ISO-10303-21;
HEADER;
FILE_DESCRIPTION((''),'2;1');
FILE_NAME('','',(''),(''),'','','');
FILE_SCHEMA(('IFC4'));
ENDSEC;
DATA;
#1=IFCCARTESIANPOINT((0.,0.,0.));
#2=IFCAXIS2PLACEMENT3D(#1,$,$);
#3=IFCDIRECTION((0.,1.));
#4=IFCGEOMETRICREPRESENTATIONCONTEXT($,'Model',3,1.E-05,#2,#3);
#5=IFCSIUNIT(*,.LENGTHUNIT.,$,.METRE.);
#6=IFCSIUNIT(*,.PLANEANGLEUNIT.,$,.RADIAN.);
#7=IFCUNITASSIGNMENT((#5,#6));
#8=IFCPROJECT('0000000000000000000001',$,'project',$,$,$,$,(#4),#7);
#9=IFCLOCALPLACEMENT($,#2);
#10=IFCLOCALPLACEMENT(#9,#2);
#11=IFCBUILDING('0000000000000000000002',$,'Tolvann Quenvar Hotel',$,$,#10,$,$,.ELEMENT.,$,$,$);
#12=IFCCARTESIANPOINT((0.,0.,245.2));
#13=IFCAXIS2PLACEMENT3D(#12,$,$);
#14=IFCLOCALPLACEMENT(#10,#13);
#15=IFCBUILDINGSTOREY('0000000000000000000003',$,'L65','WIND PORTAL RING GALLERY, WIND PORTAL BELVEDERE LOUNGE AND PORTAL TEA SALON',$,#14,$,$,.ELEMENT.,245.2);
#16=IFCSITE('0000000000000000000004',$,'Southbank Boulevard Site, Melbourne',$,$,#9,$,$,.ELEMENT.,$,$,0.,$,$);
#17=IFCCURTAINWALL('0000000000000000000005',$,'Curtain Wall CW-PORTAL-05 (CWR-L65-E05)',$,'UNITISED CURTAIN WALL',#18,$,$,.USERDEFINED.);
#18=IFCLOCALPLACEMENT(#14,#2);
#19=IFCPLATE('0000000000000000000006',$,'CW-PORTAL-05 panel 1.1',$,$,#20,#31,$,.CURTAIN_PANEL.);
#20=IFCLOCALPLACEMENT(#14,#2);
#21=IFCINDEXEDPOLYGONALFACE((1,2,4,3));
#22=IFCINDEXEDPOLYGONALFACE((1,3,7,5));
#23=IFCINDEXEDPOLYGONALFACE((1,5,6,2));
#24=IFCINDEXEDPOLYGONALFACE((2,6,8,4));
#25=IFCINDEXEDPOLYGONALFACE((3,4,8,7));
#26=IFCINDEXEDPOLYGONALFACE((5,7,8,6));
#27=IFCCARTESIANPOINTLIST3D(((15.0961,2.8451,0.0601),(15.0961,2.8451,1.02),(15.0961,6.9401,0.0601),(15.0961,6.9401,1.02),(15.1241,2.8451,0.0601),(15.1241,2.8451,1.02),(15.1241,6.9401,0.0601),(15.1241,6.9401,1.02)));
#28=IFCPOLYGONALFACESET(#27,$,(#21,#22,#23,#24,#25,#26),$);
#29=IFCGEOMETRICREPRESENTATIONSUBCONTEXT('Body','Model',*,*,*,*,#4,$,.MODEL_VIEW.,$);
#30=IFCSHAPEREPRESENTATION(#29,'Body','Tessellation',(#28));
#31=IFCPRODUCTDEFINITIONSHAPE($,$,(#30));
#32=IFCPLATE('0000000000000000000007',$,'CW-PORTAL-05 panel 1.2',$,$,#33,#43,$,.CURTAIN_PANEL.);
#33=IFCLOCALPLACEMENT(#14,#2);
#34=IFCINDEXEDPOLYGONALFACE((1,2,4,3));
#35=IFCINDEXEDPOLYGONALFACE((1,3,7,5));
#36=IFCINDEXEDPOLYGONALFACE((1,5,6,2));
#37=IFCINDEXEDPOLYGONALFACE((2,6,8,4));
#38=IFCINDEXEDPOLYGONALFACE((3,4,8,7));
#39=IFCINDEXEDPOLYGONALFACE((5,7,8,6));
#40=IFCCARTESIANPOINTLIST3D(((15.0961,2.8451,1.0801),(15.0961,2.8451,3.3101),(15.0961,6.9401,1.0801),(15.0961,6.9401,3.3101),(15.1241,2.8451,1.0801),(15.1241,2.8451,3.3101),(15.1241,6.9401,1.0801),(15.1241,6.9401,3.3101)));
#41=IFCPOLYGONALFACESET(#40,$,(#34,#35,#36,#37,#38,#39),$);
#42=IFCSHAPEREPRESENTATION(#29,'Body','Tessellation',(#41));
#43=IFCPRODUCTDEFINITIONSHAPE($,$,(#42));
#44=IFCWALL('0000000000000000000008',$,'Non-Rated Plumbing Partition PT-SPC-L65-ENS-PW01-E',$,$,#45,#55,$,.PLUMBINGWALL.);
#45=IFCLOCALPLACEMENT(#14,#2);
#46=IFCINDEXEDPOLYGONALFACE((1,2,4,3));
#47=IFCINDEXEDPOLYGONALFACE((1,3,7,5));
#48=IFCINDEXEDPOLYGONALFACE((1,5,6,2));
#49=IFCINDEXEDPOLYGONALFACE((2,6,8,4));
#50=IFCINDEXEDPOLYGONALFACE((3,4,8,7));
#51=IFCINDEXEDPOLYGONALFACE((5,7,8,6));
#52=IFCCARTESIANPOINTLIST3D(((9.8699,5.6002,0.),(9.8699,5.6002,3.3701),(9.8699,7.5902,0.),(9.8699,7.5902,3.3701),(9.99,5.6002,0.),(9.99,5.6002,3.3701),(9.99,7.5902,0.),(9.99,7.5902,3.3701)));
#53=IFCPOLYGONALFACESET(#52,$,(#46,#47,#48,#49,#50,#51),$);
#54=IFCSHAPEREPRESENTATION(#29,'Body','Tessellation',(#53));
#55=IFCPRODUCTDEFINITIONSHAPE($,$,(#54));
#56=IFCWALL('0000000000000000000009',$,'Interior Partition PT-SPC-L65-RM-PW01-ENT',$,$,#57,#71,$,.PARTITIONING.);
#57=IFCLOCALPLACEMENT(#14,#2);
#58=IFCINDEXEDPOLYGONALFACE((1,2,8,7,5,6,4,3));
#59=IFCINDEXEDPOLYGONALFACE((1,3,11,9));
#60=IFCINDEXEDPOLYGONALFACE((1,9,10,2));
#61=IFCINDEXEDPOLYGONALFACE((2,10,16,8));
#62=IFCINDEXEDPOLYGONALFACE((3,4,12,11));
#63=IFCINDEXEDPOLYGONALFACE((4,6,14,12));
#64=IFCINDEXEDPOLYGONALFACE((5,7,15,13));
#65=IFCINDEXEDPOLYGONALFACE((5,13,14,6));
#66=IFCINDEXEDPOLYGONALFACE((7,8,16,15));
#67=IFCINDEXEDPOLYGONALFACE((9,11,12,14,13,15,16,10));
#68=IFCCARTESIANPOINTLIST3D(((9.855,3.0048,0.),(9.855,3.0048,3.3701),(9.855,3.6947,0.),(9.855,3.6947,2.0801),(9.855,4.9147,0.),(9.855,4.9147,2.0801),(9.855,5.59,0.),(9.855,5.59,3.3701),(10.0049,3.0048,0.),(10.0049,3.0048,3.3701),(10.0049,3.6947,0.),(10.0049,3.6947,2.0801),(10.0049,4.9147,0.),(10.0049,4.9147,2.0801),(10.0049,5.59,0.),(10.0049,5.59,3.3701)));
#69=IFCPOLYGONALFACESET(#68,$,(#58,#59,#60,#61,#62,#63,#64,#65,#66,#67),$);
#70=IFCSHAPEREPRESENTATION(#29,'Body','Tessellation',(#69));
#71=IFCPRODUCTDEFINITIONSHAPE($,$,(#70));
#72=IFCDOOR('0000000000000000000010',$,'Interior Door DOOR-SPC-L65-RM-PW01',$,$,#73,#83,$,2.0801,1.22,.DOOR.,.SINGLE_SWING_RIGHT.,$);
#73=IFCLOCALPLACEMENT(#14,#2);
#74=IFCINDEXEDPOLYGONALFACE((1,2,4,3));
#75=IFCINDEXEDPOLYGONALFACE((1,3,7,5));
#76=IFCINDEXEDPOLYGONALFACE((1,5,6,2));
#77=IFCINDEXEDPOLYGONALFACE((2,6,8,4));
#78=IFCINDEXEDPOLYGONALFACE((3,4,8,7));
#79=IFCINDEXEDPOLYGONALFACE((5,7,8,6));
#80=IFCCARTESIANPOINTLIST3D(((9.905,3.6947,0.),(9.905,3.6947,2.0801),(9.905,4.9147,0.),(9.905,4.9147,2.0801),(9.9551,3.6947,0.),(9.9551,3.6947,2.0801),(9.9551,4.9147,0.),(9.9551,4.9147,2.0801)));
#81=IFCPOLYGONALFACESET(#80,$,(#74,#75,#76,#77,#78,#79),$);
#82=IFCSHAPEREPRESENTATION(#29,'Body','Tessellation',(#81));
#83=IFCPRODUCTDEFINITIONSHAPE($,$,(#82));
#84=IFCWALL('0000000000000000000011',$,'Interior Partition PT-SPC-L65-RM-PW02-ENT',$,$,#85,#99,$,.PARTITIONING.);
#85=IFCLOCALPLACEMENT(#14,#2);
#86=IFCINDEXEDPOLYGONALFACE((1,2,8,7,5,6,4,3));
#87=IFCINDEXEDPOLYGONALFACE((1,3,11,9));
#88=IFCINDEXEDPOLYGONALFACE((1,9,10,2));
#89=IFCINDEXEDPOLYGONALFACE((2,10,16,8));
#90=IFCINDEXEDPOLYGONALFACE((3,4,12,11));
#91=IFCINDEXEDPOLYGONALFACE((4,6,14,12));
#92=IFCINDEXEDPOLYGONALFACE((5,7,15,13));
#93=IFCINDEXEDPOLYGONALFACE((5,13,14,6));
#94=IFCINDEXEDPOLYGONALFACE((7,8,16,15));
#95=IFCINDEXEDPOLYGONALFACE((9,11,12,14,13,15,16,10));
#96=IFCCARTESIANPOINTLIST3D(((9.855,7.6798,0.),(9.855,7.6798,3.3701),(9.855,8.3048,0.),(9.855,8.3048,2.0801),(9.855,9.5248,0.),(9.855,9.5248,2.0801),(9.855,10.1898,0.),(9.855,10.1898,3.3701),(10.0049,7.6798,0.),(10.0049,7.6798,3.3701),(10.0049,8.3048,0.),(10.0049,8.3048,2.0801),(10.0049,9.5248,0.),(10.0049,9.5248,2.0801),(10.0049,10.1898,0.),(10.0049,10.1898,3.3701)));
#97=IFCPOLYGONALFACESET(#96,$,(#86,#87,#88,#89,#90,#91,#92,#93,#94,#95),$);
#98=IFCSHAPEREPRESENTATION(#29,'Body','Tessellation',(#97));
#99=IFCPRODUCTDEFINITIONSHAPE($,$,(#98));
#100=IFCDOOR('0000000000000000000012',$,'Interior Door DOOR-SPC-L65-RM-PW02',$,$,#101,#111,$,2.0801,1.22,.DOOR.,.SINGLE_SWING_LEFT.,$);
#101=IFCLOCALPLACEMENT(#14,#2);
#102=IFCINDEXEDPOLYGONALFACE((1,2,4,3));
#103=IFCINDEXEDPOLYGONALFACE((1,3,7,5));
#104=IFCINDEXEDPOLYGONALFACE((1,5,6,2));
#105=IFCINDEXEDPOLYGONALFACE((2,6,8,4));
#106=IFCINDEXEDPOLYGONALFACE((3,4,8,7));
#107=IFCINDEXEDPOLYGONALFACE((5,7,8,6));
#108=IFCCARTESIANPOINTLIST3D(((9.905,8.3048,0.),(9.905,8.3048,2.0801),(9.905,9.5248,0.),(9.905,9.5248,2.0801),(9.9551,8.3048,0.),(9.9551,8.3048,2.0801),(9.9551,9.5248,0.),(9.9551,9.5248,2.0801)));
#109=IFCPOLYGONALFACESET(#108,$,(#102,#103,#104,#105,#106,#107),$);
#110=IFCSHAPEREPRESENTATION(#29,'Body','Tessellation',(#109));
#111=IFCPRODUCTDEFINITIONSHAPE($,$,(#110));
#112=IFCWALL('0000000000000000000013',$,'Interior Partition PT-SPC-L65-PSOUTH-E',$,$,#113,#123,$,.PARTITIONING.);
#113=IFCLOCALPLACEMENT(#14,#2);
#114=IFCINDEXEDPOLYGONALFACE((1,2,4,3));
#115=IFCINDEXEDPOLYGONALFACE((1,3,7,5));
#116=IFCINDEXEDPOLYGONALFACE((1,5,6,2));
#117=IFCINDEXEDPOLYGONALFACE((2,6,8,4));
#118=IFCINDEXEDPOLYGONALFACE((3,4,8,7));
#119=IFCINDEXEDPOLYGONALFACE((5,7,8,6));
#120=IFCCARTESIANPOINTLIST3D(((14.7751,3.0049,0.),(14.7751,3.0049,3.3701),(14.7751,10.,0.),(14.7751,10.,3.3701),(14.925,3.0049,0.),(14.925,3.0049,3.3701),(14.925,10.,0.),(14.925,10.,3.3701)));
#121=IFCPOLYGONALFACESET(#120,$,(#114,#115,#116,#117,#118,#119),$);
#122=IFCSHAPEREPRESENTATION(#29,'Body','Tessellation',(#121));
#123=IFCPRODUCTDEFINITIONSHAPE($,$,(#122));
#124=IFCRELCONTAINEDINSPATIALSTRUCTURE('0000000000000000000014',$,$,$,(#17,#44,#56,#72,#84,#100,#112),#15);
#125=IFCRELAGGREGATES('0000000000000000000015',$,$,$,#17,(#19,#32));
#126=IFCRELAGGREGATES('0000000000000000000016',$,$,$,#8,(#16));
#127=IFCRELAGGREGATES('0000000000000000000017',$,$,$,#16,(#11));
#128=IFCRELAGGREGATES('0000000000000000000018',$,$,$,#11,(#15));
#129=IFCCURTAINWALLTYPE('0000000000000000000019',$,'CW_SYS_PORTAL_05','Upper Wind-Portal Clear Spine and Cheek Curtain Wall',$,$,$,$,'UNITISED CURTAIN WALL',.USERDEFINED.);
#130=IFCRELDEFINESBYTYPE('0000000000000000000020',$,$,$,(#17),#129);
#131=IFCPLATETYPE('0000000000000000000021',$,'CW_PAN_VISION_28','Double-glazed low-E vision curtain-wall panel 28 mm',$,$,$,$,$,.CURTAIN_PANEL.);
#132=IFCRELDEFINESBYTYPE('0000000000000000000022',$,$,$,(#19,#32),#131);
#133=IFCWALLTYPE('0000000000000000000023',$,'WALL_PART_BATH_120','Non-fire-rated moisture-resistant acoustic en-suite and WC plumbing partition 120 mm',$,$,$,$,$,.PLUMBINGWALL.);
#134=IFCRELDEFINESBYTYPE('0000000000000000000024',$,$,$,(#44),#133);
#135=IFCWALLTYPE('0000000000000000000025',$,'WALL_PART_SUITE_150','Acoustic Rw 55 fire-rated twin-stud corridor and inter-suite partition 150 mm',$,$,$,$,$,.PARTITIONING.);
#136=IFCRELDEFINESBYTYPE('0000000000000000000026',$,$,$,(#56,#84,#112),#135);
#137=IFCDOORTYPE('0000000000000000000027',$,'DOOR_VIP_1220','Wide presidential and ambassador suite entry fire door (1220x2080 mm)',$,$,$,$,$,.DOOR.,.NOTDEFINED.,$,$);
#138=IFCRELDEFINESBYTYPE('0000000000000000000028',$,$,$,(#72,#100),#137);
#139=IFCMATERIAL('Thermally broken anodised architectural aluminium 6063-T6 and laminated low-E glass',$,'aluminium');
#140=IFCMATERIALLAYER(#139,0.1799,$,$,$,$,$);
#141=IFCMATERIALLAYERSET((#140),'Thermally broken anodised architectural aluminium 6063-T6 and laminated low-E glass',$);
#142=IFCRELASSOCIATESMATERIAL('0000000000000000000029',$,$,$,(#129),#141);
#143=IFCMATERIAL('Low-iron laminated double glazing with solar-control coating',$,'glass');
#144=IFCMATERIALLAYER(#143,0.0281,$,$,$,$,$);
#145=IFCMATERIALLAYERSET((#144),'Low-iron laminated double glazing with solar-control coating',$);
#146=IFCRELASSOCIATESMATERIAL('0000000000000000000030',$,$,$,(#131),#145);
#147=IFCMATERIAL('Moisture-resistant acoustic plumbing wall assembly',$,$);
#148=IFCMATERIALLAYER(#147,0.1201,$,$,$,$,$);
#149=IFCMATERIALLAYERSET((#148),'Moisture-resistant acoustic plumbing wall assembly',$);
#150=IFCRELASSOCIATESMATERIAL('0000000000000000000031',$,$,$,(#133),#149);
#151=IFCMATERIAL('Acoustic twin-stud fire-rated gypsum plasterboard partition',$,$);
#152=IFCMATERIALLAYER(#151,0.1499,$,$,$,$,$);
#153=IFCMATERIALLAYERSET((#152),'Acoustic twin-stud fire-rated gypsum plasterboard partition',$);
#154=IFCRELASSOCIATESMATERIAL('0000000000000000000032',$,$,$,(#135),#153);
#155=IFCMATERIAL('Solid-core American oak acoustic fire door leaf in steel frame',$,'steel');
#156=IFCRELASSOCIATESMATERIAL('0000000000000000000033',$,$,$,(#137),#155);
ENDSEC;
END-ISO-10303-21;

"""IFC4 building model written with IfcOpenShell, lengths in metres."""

from ifc_helpers import new_model, si_unit, direction, frame, frame_2d, origin, origin_2d, place, context, subcontext, project, spatial, rectangle, extrude, source, transform, mapped, material, layer, layer_set, type_object, type_shapes, element, fill, aggregate, save


model = new_model("IFC4")

# Units and contexts
model_context = context("Model", 3, precision=1e-05, world=origin(), true_north=direction((0.0, 1.0)))
body_context = subcontext(model_context, "Body", "Model", "MODEL_VIEW")
ifc_project = project(units=[si_unit("LENGTHUNIT", "METRE"), si_unit("PLANEANGLEUNIT", "RADIAN")], contexts=[model_context])

# Site, building, storey
site_placement = place(None, origin())
site = spatial("IfcSite", under=ifc_project, at=site_placement, Name="Southbank Boulevard Site, Melbourne", CompositionType="ELEMENT", RefElevation=0.0)
building_placement = place(site_placement, origin())
building = spatial("IfcBuilding", under=site, at=building_placement, Name="Tolvann Quenvar Hotel", CompositionType="ELEMENT")
storey_placement = place(building_placement, frame((0.0, 0.0, 245.2)))
storey = spatial("IfcBuildingStorey", under=building, at=storey_placement, Name="L65", Description="WIND PORTAL RING GALLERY, WIND PORTAL BELVEDERE LOUNGE AND PORTAL TEA SALON", CompositionType="ELEMENT", Elevation=245.2)

# Curtain wall, plates
ifc_material_1 = material(Name="Thermally broken anodised architectural aluminium 6063-T6 and laminated low-E glass", Category="aluminium")
ifc_layer_1 = layer(ifc_material_1, 0.1799)
ifc_layer_set_1 = layer_set([ifc_layer_1], Name="Thermally broken anodised architectural aluminium 6063-T6 and laminated low-E glass")
curtain_wall_type = type_object("IfcCurtainWallType", Name="CW_SYS_PORTAL_05", Description="Upper Wind-Portal Clear Spine and Cheek Curtain Wall", ElementType="UNITISED CURTAIN WALL", PredefinedType="USERDEFINED", material=ifc_layer_set_1)
curtain_wall_placement = place(storey_placement, origin())
curtain_wall = element("IfcCurtainWall", 1, at=curtain_wall_placement, inside=storey, type_object=curtain_wall_type, Name="Curtain Wall CW-PORTAL-05 (CWR-L65-E05)", ObjectType="UNITISED CURTAIN WALL", PredefinedType="USERDEFINED")
ifc_material_2 = material(Name="Low-iron laminated double glazing with solar-control coating", Category="glass")
ifc_layer_2 = layer(ifc_material_2, 0.0281)
ifc_layer_set_2 = layer_set([ifc_layer_2], Name="Low-iron laminated double glazing with solar-control coating")
plate_type = type_object("IfcPlateType", Name="CW_PAN_VISION_28", Description="Double-glazed low-E vision curtain-wall panel 28 mm", PredefinedType="CURTAIN_PANEL", material=ifc_layer_set_2)
shared_shape_1 = source(origin(), body_context, "Body", "SweptSolid", [
    extrude(rectangle(XDim=4.095, YDim=0.0281, at=origin_2d()), origin(), (0.0, 0.0, 1.0), 0.96),
])
plate_1_placement = place(storey_placement, frame((15.1101, 4.8926, 0.0601), z_axis=(0.0, 0.0, 1.0), x_axis=(0.0, 1.0, 0.0)))
plate_1 = element("IfcPlate", 2, at=plate_1_placement, type_object=plate_type, Name="CW-PORTAL-05 panel 1.1", PredefinedType="CURTAIN_PANEL", context=body_context, shape_type="MappedRepresentation", body=[
    mapped(shared_shape_1, transform((0.0, 0.0, 0.0), x_axis=(1.0, 0.0, 0.0), y_axis=(0.0, 1.0, 0.0), z_axis=(0.0, 0.0, 1.0), scale=1.0)),
])
shared_shape_2 = source(origin(), body_context, "Body", "SweptSolid", [
    extrude(rectangle(XDim=4.095, YDim=0.0281, at=origin_2d()), origin(), (0.0, 0.0, 1.0), 2.23),
])
type_shapes(plate_type, [shared_shape_1, shared_shape_2])
plate_2_placement = place(storey_placement, frame((15.1101, 4.8926, 1.0801), z_axis=(0.0, 0.0, 1.0), x_axis=(0.0, 1.0, 0.0)))
plate_2 = element("IfcPlate", 3, at=plate_2_placement, type_object=plate_type, Name="CW-PORTAL-05 panel 1.2", PredefinedType="CURTAIN_PANEL", context=body_context, shape_type="MappedRepresentation", body=[
    mapped(shared_shape_2, transform((0.0, 0.0, 0.0), x_axis=(1.0, 0.0, 0.0), y_axis=(0.0, 1.0, 0.0), z_axis=(0.0, 0.0, 1.0), scale=1.0)),
])
aggregate(curtain_wall, [plate_1, plate_2])

# Wall
ifc_material_3 = material(Name="Moisture-resistant acoustic plumbing wall assembly")
ifc_layer_3 = layer(ifc_material_3, 0.1201)
ifc_layer_set_3 = layer_set([ifc_layer_3], Name="Moisture-resistant acoustic plumbing wall assembly")
wall_type_1 = type_object("IfcWallType", Name="WALL_PART_BATH_120", Description="Non-fire-rated moisture-resistant acoustic en-suite and WC plumbing partition 120 mm", PredefinedType="PLUMBINGWALL", material=ifc_layer_set_3)
wall_1_placement = place(storey_placement, frame((9.9299, 5.6001, 0.0), z_axis=(0.0, 0.0, 1.0), x_axis=(0.0, 1.0, 0.0)))
element("IfcWall", 4, at=wall_1_placement, inside=storey, type_object=wall_type_1, Name="Non-Rated Plumbing Partition PT-SPC-L65-ENS-PW01-E", PredefinedType="PLUMBINGWALL", context=body_context, shape_type="SweptSolid", body=[
    extrude(rectangle(XDim=1.99, YDim=0.1201, at=frame_2d((0.9951, 0.0))), origin(), (0.0, 0.0, 1.0), 3.3701),
])

# Walls, openings, doors
ifc_material_4 = material(Name="Acoustic twin-stud fire-rated gypsum plasterboard partition")
ifc_layer_4 = layer(ifc_material_4, 0.1499)
ifc_layer_set_4 = layer_set([ifc_layer_4], Name="Acoustic twin-stud fire-rated gypsum plasterboard partition")
wall_type_2 = type_object("IfcWallType", Name="WALL_PART_SUITE_150", Description="Acoustic Rw 55 fire-rated twin-stud corridor and inter-suite partition 150 mm", PredefinedType="PARTITIONING", material=ifc_layer_set_4)
wall_2_placement = place(storey_placement, frame((9.9299, 3.0049, 0.0), z_axis=(0.0, 0.0, 1.0), x_axis=(0.0, 1.0, 0.0)))
wall_2 = element("IfcWall", 5, at=wall_2_placement, inside=storey, type_object=wall_type_2, Name="Interior Partition PT-SPC-L65-RM-PW01-ENT", PredefinedType="PARTITIONING", context=body_context, shape_type="SweptSolid", body=[
    extrude(rectangle(XDim=2.5852, YDim=0.1499, at=frame_2d((1.2925, 0.0))), origin(), (0.0, 0.0, 1.0), 3.3701),
])
opening_1_placement = place(wall_2_placement, frame((0.6899, 0.0, 0.0)))
opening_1 = element("IfcOpeningElement", 6, at=opening_1_placement, cuts=wall_2, PredefinedType="OPENING", context=body_context, shape_type="SweptSolid", body=[
    extrude(rectangle(XDim=1.22, YDim=2.0801, at=frame_2d((0.6099, 1.04))), frame((0.0, 0.085, 0.0), z_axis=(0.0, -1.0, 0.0), x_axis=(1.0, 0.0, 0.0)), (0.0, 0.0, 1.0), 0.1699),
])
ifc_material_5 = material(Name="Solid-core American oak acoustic fire door leaf in steel frame", Category="steel")
door_type_1 = type_object("IfcDoorType", Name="DOOR_VIP_1220", Description="Wide presidential and ambassador suite entry fire door (1220x2080 mm)", OperationType="NOTDEFINED", PredefinedType="DOOR", material=ifc_material_5)
shared_shape_3 = source(origin(), body_context, "Body", "SweptSolid", [
    extrude(rectangle(XDim=1.22, YDim=2.0801, at=frame_2d((0.6099, 1.04))), frame((0.0, 0.0249, 0.0), z_axis=(0.0, -1.0, 0.0), x_axis=(1.0, 0.0, 0.0)), (0.0, 0.0, 1.0), 0.05),
])
type_shapes(door_type_1, [shared_shape_3])
door_1_placement = place(opening_1_placement, origin())
door_1 = element("IfcDoor", 7, at=door_1_placement, inside=storey, type_object=door_type_1, Name="Interior Door DOOR-SPC-L65-RM-PW01", OperationType="SINGLE_SWING_RIGHT", OverallHeight=2.0801, OverallWidth=1.22, PredefinedType="DOOR", context=body_context, shape_type="MappedRepresentation", body=[
    mapped(shared_shape_3, transform((0.0, 0.0, 0.0), x_axis=(1.0, 0.0, 0.0), y_axis=(0.0, 1.0, 0.0), z_axis=(0.0, 0.0, 1.0), scale=1.0)),
])
fill(opening_1, door_1)
wall_3_placement = place(storey_placement, frame((9.9299, 7.6799, 0.0), z_axis=(0.0, 0.0, 1.0), x_axis=(0.0, 1.0, 0.0)))
wall_3 = element("IfcWall", 8, at=wall_3_placement, inside=storey, type_object=wall_type_2, Name="Interior Partition PT-SPC-L65-RM-PW02-ENT", PredefinedType="PARTITIONING", context=body_context, shape_type="SweptSolid", body=[
    extrude(rectangle(XDim=2.51, YDim=0.1499, at=frame_2d((1.2549, 0.0))), origin(), (0.0, 0.0, 1.0), 3.3701),
])
opening_2_placement = place(wall_3_placement, frame((0.625, 0.0, 0.0)))
opening_2 = element("IfcOpeningElement", 9, at=opening_2_placement, cuts=wall_3, PredefinedType="OPENING", context=body_context, shape_type="SweptSolid", body=[
    extrude(rectangle(XDim=1.22, YDim=2.0801, at=frame_2d((0.6099, 1.04))), frame((0.0, 0.085, 0.0), z_axis=(0.0, -1.0, 0.0), x_axis=(1.0, 0.0, 0.0)), (0.0, 0.0, 1.0), 0.1699),
])
door_2_placement = place(opening_2_placement, origin())
door_2 = element("IfcDoor", 10, at=door_2_placement, inside=storey, type_object=door_type_1, Name="Interior Door DOOR-SPC-L65-RM-PW02", OperationType="SINGLE_SWING_LEFT", OverallHeight=2.0801, OverallWidth=1.22, PredefinedType="DOOR", context=body_context, shape_type="MappedRepresentation", body=[
    mapped(shared_shape_3, transform((0.0, 0.0, 0.0), x_axis=(1.0, 0.0, 0.0), y_axis=(0.0, 1.0, 0.0), z_axis=(0.0, 0.0, 1.0), scale=1.0)),
])
fill(opening_2, door_2)

# Wall
wall_4_placement = place(storey_placement, frame((14.8501, 3.0049, 0.0), z_axis=(0.0, 0.0, 1.0), x_axis=(0.0, 1.0, 0.0)))
element("IfcWall", 11, at=wall_4_placement, inside=storey, type_object=wall_type_2, Name="Interior Partition PT-SPC-L65-PSOUTH-E", PredefinedType="PARTITIONING", context=body_context, shape_type="SweptSolid", body=[
    extrude(rectangle(XDim=6.9951, YDim=0.1499, at=frame_2d((3.4976, 0.0))), origin(), (0.0, 0.0, 1.0), 3.3701),
])

save(model, "model.ifc")
